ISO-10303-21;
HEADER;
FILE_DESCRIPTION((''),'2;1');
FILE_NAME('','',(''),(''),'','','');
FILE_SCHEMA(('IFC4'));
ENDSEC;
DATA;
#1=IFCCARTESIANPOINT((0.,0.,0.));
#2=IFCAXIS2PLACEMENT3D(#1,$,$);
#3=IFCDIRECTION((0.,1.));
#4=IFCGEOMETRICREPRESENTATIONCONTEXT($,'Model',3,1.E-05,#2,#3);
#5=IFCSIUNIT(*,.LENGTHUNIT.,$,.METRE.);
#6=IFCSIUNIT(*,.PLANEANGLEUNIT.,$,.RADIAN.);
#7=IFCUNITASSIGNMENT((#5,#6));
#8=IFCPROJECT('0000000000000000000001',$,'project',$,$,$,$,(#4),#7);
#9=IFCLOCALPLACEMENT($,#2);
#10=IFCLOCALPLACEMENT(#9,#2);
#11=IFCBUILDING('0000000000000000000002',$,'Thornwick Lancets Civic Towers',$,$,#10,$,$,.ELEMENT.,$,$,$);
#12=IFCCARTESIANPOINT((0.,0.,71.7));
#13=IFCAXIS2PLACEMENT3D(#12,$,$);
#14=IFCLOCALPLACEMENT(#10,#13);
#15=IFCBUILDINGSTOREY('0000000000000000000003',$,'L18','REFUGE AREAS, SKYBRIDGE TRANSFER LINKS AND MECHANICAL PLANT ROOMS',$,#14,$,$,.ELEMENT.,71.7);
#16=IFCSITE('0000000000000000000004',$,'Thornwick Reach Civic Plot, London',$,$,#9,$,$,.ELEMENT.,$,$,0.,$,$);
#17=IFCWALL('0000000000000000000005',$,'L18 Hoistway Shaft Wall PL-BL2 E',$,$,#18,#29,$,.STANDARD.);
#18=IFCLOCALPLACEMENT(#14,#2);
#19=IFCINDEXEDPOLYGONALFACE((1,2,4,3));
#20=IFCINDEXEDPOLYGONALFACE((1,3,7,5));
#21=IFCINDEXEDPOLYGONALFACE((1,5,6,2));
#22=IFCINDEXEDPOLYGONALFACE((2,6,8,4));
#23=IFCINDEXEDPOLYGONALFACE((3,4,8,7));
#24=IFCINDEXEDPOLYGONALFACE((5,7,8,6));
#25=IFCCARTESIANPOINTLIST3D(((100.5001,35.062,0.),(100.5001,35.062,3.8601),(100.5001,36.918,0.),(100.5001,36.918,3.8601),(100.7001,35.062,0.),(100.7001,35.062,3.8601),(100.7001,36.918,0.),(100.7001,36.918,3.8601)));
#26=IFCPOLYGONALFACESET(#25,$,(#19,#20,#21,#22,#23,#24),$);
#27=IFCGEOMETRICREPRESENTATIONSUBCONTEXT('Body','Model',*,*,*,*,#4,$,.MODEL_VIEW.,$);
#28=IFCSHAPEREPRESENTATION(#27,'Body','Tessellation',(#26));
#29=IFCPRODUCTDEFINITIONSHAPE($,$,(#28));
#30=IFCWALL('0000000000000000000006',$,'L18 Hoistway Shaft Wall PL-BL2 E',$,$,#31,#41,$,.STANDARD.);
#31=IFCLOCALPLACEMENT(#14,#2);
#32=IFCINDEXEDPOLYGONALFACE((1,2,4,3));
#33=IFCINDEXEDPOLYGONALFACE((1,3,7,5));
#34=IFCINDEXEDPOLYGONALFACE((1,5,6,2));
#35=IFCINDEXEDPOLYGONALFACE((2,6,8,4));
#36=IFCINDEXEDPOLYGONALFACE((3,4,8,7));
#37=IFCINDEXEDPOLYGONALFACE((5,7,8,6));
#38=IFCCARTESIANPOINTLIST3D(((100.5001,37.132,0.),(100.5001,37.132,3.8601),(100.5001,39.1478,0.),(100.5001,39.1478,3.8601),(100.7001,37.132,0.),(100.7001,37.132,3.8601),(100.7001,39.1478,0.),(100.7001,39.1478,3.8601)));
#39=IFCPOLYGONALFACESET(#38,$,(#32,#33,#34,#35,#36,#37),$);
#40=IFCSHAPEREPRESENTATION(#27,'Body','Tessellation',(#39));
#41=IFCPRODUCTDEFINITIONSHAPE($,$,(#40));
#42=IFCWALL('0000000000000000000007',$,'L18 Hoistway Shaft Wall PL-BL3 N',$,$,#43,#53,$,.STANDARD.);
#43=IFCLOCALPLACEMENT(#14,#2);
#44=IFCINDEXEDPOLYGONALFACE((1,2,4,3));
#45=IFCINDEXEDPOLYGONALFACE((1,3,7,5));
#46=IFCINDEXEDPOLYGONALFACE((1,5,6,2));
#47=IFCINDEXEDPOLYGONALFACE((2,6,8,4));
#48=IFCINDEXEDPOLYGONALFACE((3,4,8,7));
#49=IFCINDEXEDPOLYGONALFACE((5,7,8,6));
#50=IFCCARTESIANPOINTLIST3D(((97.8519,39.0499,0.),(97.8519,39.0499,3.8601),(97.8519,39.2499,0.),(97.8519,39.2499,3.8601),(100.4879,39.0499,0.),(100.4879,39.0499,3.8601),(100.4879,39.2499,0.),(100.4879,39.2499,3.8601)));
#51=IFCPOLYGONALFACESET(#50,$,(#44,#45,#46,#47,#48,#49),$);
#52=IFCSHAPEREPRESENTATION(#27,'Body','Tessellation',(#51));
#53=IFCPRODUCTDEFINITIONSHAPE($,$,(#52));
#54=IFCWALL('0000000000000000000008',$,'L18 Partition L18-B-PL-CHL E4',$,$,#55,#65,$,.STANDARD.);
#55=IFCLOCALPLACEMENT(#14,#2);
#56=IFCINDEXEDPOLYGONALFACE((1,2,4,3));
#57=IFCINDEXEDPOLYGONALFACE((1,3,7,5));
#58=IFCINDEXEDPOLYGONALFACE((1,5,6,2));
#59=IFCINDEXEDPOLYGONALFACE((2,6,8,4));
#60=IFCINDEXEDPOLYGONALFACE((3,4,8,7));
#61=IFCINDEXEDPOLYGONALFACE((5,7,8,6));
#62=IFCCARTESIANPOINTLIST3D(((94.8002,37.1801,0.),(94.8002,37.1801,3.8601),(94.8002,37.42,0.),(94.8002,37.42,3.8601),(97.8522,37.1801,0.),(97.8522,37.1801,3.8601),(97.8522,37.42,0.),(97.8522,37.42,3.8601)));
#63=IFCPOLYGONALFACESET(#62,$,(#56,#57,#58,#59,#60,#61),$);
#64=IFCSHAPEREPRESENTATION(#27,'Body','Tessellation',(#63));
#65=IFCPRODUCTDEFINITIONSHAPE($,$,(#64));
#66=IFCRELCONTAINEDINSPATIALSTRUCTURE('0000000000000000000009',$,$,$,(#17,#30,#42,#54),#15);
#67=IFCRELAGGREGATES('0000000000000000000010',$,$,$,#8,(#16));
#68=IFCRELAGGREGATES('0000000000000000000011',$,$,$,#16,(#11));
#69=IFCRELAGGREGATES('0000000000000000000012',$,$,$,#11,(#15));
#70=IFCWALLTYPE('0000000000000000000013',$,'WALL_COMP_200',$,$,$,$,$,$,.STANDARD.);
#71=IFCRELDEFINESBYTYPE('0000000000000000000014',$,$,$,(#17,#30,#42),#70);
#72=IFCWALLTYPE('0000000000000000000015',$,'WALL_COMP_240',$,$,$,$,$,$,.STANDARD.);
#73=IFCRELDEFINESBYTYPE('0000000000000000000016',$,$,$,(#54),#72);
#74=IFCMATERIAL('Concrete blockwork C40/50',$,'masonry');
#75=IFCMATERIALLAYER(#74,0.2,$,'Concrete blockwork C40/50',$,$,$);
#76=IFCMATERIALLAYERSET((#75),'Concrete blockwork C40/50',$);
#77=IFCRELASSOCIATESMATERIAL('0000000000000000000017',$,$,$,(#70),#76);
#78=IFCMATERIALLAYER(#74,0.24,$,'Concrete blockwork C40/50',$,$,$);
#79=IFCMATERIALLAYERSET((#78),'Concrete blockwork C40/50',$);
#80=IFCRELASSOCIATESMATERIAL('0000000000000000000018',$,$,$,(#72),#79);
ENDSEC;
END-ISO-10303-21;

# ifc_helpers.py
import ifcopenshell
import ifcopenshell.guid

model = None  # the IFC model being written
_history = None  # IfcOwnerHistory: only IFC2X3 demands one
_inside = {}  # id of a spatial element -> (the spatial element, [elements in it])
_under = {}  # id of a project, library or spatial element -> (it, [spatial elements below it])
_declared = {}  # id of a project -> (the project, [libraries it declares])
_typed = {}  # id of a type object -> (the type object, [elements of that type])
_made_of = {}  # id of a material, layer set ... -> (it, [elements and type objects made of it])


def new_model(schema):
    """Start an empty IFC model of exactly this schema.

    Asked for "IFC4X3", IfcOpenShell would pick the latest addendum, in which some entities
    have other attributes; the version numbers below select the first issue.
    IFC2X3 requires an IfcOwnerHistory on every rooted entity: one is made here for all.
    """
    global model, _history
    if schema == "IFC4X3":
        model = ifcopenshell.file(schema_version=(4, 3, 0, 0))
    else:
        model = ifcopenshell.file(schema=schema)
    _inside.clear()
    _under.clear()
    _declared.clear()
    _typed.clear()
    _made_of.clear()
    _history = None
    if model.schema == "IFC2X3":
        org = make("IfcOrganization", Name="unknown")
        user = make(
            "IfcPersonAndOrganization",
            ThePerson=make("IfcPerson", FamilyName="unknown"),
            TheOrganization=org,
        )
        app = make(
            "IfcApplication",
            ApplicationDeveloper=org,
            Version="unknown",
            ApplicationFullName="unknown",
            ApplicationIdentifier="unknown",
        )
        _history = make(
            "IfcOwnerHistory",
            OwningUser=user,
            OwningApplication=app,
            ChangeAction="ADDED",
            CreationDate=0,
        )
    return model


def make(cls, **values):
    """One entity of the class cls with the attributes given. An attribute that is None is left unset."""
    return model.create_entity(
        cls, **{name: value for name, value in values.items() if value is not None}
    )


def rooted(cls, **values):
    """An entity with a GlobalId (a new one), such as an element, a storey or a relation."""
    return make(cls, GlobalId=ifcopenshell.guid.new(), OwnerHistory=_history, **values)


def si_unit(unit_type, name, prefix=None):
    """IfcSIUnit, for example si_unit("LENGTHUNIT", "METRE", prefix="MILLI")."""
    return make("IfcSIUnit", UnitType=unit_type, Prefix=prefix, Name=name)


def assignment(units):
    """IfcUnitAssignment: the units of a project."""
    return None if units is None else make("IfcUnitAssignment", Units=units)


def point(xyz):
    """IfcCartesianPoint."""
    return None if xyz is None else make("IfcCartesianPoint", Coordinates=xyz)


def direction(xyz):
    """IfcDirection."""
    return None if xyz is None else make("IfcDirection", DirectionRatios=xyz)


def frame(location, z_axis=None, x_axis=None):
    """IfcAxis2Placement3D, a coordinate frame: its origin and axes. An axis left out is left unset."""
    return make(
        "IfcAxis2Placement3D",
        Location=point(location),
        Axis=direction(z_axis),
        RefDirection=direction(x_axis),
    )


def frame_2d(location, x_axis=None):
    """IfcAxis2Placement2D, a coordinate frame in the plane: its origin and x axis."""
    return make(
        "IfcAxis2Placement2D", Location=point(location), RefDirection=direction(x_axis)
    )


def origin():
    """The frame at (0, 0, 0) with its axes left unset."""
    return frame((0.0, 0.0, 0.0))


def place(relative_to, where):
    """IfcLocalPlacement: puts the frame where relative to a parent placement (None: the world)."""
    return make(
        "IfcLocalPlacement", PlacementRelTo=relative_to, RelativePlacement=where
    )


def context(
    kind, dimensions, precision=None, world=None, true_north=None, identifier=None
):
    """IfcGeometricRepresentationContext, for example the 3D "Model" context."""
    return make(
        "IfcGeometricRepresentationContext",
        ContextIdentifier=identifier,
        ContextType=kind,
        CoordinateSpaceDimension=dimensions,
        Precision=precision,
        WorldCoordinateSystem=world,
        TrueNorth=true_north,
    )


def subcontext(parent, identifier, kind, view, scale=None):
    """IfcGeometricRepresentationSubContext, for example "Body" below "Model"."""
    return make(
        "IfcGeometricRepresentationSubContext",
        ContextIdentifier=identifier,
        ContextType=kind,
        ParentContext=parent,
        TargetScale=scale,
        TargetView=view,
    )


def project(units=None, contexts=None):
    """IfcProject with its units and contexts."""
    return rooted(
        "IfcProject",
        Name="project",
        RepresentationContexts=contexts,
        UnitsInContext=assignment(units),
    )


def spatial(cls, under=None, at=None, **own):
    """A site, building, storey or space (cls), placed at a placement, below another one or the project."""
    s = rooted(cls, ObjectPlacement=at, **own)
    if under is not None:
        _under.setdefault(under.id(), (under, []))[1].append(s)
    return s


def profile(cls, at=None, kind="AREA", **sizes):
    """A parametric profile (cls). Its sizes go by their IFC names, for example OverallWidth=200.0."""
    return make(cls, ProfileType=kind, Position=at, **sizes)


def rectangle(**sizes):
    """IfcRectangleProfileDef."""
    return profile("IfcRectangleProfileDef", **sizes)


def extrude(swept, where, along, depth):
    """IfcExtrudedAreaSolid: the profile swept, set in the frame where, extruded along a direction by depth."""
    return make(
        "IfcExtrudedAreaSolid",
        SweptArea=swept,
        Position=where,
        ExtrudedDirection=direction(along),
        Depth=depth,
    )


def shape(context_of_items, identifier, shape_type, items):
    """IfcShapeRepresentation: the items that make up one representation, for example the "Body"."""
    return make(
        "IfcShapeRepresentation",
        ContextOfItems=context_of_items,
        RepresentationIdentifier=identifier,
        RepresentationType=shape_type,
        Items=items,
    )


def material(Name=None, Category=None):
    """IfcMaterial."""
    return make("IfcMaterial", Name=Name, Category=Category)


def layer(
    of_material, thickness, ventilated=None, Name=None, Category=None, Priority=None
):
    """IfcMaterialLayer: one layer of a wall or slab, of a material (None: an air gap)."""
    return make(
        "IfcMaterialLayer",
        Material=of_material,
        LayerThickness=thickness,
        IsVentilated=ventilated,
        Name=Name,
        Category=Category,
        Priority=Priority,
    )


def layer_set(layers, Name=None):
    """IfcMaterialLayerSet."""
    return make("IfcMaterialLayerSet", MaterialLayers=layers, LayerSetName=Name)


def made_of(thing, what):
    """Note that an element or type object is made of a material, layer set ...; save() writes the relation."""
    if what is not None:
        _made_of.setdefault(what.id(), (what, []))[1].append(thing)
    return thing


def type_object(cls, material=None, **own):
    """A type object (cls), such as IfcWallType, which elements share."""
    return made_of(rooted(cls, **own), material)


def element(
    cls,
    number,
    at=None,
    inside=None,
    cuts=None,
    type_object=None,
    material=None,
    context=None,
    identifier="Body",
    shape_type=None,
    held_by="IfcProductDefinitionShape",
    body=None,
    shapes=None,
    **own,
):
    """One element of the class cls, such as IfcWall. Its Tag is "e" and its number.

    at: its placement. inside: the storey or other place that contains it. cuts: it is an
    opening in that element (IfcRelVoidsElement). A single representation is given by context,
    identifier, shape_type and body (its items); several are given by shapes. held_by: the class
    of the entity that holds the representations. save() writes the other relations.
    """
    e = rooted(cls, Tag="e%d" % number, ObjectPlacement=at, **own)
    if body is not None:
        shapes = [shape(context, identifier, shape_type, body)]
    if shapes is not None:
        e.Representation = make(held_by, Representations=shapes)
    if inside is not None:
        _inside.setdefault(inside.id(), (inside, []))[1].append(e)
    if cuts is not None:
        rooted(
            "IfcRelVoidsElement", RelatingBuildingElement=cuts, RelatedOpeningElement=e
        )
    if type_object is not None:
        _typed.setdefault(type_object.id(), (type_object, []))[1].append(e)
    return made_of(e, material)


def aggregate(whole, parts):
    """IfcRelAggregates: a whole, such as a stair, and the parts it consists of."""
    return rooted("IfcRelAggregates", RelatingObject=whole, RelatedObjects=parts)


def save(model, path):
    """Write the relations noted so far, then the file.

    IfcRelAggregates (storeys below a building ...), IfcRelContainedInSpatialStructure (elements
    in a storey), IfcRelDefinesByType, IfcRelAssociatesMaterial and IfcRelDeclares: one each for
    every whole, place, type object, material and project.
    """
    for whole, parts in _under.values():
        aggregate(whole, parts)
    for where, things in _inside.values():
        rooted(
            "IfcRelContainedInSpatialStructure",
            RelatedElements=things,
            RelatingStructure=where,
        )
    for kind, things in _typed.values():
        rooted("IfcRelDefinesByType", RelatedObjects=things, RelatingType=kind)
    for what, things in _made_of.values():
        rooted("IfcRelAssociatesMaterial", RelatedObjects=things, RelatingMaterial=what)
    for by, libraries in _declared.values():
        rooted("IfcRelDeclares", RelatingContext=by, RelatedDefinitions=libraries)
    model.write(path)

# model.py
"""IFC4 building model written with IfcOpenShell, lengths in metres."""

from ifc_helpers import new_model, si_unit, direction, frame, frame_2d, origin, place, context, subcontext, project, spatial, rectangle, extrude, material, layer, layer_set, type_object, element, save


model = new_model("IFC4")

# Units and contexts
model_context = context("Model", 3, precision=1e-05, world=origin(), true_north=direction((0.0, 1.0)))
body_context = subcontext(model_context, "Body", "Model", "MODEL_VIEW")
ifc_project = project(units=[si_unit("LENGTHUNIT", "METRE"), si_unit("PLANEANGLEUNIT", "RADIAN")], contexts=[model_context])

# Site, building, storey
site_placement = place(None, origin())
site = spatial("IfcSite", under=ifc_project, at=site_placement, Name="Thornwick Reach Civic Plot, London", CompositionType="ELEMENT", RefElevation=0.0)
building_placement = place(site_placement, origin())
building = spatial("IfcBuilding", under=site, at=building_placement, Name="Thornwick Lancets Civic Towers", CompositionType="ELEMENT")
storey_placement = place(building_placement, frame((0.0, 0.0, 71.7)))
storey = spatial("IfcBuildingStorey", under=building, at=storey_placement, Name="L18", Description="REFUGE AREAS, SKYBRIDGE TRANSFER LINKS AND MECHANICAL PLANT ROOMS", CompositionType="ELEMENT", Elevation=71.7)

# Shared definitions
ifc_material_1 = material(Name="Concrete blockwork C40/50", Category="masonry")
ifc_layer_1 = layer(ifc_material_1, 0.2, Name="Concrete blockwork C40/50")
ifc_layer_set_1 = layer_set([ifc_layer_1], Name="Concrete blockwork C40/50")
wall_type_1 = type_object("IfcWallType", Name="WALL_COMP_200", PredefinedType="STANDARD", material=ifc_layer_set_1)

# Walls
wall_1_placement = place(storey_placement, frame((100.6001, 35.062, 0.0), z_axis=(0.0, 0.0, 1.0), x_axis=(0.0, 1.0, 0.0)))
element("IfcWall", 1, at=wall_1_placement, inside=storey, type_object=wall_type_1, Name="L18 Hoistway Shaft Wall PL-BL2 E", PredefinedType="STANDARD", context=body_context, shape_type="SweptSolid", body=[
    extrude(rectangle(XDim=1.856, YDim=0.2, at=frame_2d((0.928, 0.0))), origin(), (0.0, 0.0, 1.0), 3.8601),
])
wall_2_placement = place(storey_placement, frame((100.6001, 37.1321, 0.0), z_axis=(0.0, 0.0, 1.0), x_axis=(0.0, 1.0, 0.0)))
element("IfcWall", 2, at=wall_2_placement, inside=storey, type_object=wall_type_1, Name="L18 Hoistway Shaft Wall PL-BL2 E", PredefinedType="STANDARD", context=body_context, shape_type="SweptSolid", body=[
    extrude(rectangle(XDim=2.0159, YDim=0.2, at=frame_2d((1.0078, 0.0))), origin(), (0.0, 0.0, 1.0), 3.8601),
])
wall_3_placement = place(storey_placement, frame((97.8521, 39.1499, 0.0), z_axis=(0.0, 0.0, 1.0), x_axis=(1.0, 0.0, 0.0)))
element("IfcWall", 3, at=wall_3_placement, inside=storey, type_object=wall_type_1, Name="L18 Hoistway Shaft Wall PL-BL3 N", PredefinedType="STANDARD", context=body_context, shape_type="SweptSolid", body=[
    extrude(rectangle(XDim=2.636, YDim=0.2, at=frame_2d((1.3179, 0.0))), origin(), (0.0, 0.0, 1.0), 3.8601),
])
ifc_layer_2 = layer(ifc_material_1, 0.24, Name="Concrete blockwork C40/50")
ifc_layer_set_2 = layer_set([ifc_layer_2], Name="Concrete blockwork C40/50")
wall_type_2 = type_object("IfcWallType", Name="WALL_COMP_240", PredefinedType="STANDARD", material=ifc_layer_set_2)
wall_4_placement = place(storey_placement, frame((97.8521, 37.3, 0.0), z_axis=(0.0, 0.0, 1.0), x_axis=(-1.0, 0.0, 0.0)))
element("IfcWall", 4, at=wall_4_placement, inside=storey, type_object=wall_type_2, Name="L18 Partition L18-B-PL-CHL E4", PredefinedType="STANDARD", context=body_context, shape_type="SweptSolid", body=[
    extrude(rectangle(XDim=3.052, YDim=0.24, at=frame_2d((1.5259, 0.0))), origin(), (0.0, 0.0, 1.0), 3.8601),
])

save(model, "model.ifc")
